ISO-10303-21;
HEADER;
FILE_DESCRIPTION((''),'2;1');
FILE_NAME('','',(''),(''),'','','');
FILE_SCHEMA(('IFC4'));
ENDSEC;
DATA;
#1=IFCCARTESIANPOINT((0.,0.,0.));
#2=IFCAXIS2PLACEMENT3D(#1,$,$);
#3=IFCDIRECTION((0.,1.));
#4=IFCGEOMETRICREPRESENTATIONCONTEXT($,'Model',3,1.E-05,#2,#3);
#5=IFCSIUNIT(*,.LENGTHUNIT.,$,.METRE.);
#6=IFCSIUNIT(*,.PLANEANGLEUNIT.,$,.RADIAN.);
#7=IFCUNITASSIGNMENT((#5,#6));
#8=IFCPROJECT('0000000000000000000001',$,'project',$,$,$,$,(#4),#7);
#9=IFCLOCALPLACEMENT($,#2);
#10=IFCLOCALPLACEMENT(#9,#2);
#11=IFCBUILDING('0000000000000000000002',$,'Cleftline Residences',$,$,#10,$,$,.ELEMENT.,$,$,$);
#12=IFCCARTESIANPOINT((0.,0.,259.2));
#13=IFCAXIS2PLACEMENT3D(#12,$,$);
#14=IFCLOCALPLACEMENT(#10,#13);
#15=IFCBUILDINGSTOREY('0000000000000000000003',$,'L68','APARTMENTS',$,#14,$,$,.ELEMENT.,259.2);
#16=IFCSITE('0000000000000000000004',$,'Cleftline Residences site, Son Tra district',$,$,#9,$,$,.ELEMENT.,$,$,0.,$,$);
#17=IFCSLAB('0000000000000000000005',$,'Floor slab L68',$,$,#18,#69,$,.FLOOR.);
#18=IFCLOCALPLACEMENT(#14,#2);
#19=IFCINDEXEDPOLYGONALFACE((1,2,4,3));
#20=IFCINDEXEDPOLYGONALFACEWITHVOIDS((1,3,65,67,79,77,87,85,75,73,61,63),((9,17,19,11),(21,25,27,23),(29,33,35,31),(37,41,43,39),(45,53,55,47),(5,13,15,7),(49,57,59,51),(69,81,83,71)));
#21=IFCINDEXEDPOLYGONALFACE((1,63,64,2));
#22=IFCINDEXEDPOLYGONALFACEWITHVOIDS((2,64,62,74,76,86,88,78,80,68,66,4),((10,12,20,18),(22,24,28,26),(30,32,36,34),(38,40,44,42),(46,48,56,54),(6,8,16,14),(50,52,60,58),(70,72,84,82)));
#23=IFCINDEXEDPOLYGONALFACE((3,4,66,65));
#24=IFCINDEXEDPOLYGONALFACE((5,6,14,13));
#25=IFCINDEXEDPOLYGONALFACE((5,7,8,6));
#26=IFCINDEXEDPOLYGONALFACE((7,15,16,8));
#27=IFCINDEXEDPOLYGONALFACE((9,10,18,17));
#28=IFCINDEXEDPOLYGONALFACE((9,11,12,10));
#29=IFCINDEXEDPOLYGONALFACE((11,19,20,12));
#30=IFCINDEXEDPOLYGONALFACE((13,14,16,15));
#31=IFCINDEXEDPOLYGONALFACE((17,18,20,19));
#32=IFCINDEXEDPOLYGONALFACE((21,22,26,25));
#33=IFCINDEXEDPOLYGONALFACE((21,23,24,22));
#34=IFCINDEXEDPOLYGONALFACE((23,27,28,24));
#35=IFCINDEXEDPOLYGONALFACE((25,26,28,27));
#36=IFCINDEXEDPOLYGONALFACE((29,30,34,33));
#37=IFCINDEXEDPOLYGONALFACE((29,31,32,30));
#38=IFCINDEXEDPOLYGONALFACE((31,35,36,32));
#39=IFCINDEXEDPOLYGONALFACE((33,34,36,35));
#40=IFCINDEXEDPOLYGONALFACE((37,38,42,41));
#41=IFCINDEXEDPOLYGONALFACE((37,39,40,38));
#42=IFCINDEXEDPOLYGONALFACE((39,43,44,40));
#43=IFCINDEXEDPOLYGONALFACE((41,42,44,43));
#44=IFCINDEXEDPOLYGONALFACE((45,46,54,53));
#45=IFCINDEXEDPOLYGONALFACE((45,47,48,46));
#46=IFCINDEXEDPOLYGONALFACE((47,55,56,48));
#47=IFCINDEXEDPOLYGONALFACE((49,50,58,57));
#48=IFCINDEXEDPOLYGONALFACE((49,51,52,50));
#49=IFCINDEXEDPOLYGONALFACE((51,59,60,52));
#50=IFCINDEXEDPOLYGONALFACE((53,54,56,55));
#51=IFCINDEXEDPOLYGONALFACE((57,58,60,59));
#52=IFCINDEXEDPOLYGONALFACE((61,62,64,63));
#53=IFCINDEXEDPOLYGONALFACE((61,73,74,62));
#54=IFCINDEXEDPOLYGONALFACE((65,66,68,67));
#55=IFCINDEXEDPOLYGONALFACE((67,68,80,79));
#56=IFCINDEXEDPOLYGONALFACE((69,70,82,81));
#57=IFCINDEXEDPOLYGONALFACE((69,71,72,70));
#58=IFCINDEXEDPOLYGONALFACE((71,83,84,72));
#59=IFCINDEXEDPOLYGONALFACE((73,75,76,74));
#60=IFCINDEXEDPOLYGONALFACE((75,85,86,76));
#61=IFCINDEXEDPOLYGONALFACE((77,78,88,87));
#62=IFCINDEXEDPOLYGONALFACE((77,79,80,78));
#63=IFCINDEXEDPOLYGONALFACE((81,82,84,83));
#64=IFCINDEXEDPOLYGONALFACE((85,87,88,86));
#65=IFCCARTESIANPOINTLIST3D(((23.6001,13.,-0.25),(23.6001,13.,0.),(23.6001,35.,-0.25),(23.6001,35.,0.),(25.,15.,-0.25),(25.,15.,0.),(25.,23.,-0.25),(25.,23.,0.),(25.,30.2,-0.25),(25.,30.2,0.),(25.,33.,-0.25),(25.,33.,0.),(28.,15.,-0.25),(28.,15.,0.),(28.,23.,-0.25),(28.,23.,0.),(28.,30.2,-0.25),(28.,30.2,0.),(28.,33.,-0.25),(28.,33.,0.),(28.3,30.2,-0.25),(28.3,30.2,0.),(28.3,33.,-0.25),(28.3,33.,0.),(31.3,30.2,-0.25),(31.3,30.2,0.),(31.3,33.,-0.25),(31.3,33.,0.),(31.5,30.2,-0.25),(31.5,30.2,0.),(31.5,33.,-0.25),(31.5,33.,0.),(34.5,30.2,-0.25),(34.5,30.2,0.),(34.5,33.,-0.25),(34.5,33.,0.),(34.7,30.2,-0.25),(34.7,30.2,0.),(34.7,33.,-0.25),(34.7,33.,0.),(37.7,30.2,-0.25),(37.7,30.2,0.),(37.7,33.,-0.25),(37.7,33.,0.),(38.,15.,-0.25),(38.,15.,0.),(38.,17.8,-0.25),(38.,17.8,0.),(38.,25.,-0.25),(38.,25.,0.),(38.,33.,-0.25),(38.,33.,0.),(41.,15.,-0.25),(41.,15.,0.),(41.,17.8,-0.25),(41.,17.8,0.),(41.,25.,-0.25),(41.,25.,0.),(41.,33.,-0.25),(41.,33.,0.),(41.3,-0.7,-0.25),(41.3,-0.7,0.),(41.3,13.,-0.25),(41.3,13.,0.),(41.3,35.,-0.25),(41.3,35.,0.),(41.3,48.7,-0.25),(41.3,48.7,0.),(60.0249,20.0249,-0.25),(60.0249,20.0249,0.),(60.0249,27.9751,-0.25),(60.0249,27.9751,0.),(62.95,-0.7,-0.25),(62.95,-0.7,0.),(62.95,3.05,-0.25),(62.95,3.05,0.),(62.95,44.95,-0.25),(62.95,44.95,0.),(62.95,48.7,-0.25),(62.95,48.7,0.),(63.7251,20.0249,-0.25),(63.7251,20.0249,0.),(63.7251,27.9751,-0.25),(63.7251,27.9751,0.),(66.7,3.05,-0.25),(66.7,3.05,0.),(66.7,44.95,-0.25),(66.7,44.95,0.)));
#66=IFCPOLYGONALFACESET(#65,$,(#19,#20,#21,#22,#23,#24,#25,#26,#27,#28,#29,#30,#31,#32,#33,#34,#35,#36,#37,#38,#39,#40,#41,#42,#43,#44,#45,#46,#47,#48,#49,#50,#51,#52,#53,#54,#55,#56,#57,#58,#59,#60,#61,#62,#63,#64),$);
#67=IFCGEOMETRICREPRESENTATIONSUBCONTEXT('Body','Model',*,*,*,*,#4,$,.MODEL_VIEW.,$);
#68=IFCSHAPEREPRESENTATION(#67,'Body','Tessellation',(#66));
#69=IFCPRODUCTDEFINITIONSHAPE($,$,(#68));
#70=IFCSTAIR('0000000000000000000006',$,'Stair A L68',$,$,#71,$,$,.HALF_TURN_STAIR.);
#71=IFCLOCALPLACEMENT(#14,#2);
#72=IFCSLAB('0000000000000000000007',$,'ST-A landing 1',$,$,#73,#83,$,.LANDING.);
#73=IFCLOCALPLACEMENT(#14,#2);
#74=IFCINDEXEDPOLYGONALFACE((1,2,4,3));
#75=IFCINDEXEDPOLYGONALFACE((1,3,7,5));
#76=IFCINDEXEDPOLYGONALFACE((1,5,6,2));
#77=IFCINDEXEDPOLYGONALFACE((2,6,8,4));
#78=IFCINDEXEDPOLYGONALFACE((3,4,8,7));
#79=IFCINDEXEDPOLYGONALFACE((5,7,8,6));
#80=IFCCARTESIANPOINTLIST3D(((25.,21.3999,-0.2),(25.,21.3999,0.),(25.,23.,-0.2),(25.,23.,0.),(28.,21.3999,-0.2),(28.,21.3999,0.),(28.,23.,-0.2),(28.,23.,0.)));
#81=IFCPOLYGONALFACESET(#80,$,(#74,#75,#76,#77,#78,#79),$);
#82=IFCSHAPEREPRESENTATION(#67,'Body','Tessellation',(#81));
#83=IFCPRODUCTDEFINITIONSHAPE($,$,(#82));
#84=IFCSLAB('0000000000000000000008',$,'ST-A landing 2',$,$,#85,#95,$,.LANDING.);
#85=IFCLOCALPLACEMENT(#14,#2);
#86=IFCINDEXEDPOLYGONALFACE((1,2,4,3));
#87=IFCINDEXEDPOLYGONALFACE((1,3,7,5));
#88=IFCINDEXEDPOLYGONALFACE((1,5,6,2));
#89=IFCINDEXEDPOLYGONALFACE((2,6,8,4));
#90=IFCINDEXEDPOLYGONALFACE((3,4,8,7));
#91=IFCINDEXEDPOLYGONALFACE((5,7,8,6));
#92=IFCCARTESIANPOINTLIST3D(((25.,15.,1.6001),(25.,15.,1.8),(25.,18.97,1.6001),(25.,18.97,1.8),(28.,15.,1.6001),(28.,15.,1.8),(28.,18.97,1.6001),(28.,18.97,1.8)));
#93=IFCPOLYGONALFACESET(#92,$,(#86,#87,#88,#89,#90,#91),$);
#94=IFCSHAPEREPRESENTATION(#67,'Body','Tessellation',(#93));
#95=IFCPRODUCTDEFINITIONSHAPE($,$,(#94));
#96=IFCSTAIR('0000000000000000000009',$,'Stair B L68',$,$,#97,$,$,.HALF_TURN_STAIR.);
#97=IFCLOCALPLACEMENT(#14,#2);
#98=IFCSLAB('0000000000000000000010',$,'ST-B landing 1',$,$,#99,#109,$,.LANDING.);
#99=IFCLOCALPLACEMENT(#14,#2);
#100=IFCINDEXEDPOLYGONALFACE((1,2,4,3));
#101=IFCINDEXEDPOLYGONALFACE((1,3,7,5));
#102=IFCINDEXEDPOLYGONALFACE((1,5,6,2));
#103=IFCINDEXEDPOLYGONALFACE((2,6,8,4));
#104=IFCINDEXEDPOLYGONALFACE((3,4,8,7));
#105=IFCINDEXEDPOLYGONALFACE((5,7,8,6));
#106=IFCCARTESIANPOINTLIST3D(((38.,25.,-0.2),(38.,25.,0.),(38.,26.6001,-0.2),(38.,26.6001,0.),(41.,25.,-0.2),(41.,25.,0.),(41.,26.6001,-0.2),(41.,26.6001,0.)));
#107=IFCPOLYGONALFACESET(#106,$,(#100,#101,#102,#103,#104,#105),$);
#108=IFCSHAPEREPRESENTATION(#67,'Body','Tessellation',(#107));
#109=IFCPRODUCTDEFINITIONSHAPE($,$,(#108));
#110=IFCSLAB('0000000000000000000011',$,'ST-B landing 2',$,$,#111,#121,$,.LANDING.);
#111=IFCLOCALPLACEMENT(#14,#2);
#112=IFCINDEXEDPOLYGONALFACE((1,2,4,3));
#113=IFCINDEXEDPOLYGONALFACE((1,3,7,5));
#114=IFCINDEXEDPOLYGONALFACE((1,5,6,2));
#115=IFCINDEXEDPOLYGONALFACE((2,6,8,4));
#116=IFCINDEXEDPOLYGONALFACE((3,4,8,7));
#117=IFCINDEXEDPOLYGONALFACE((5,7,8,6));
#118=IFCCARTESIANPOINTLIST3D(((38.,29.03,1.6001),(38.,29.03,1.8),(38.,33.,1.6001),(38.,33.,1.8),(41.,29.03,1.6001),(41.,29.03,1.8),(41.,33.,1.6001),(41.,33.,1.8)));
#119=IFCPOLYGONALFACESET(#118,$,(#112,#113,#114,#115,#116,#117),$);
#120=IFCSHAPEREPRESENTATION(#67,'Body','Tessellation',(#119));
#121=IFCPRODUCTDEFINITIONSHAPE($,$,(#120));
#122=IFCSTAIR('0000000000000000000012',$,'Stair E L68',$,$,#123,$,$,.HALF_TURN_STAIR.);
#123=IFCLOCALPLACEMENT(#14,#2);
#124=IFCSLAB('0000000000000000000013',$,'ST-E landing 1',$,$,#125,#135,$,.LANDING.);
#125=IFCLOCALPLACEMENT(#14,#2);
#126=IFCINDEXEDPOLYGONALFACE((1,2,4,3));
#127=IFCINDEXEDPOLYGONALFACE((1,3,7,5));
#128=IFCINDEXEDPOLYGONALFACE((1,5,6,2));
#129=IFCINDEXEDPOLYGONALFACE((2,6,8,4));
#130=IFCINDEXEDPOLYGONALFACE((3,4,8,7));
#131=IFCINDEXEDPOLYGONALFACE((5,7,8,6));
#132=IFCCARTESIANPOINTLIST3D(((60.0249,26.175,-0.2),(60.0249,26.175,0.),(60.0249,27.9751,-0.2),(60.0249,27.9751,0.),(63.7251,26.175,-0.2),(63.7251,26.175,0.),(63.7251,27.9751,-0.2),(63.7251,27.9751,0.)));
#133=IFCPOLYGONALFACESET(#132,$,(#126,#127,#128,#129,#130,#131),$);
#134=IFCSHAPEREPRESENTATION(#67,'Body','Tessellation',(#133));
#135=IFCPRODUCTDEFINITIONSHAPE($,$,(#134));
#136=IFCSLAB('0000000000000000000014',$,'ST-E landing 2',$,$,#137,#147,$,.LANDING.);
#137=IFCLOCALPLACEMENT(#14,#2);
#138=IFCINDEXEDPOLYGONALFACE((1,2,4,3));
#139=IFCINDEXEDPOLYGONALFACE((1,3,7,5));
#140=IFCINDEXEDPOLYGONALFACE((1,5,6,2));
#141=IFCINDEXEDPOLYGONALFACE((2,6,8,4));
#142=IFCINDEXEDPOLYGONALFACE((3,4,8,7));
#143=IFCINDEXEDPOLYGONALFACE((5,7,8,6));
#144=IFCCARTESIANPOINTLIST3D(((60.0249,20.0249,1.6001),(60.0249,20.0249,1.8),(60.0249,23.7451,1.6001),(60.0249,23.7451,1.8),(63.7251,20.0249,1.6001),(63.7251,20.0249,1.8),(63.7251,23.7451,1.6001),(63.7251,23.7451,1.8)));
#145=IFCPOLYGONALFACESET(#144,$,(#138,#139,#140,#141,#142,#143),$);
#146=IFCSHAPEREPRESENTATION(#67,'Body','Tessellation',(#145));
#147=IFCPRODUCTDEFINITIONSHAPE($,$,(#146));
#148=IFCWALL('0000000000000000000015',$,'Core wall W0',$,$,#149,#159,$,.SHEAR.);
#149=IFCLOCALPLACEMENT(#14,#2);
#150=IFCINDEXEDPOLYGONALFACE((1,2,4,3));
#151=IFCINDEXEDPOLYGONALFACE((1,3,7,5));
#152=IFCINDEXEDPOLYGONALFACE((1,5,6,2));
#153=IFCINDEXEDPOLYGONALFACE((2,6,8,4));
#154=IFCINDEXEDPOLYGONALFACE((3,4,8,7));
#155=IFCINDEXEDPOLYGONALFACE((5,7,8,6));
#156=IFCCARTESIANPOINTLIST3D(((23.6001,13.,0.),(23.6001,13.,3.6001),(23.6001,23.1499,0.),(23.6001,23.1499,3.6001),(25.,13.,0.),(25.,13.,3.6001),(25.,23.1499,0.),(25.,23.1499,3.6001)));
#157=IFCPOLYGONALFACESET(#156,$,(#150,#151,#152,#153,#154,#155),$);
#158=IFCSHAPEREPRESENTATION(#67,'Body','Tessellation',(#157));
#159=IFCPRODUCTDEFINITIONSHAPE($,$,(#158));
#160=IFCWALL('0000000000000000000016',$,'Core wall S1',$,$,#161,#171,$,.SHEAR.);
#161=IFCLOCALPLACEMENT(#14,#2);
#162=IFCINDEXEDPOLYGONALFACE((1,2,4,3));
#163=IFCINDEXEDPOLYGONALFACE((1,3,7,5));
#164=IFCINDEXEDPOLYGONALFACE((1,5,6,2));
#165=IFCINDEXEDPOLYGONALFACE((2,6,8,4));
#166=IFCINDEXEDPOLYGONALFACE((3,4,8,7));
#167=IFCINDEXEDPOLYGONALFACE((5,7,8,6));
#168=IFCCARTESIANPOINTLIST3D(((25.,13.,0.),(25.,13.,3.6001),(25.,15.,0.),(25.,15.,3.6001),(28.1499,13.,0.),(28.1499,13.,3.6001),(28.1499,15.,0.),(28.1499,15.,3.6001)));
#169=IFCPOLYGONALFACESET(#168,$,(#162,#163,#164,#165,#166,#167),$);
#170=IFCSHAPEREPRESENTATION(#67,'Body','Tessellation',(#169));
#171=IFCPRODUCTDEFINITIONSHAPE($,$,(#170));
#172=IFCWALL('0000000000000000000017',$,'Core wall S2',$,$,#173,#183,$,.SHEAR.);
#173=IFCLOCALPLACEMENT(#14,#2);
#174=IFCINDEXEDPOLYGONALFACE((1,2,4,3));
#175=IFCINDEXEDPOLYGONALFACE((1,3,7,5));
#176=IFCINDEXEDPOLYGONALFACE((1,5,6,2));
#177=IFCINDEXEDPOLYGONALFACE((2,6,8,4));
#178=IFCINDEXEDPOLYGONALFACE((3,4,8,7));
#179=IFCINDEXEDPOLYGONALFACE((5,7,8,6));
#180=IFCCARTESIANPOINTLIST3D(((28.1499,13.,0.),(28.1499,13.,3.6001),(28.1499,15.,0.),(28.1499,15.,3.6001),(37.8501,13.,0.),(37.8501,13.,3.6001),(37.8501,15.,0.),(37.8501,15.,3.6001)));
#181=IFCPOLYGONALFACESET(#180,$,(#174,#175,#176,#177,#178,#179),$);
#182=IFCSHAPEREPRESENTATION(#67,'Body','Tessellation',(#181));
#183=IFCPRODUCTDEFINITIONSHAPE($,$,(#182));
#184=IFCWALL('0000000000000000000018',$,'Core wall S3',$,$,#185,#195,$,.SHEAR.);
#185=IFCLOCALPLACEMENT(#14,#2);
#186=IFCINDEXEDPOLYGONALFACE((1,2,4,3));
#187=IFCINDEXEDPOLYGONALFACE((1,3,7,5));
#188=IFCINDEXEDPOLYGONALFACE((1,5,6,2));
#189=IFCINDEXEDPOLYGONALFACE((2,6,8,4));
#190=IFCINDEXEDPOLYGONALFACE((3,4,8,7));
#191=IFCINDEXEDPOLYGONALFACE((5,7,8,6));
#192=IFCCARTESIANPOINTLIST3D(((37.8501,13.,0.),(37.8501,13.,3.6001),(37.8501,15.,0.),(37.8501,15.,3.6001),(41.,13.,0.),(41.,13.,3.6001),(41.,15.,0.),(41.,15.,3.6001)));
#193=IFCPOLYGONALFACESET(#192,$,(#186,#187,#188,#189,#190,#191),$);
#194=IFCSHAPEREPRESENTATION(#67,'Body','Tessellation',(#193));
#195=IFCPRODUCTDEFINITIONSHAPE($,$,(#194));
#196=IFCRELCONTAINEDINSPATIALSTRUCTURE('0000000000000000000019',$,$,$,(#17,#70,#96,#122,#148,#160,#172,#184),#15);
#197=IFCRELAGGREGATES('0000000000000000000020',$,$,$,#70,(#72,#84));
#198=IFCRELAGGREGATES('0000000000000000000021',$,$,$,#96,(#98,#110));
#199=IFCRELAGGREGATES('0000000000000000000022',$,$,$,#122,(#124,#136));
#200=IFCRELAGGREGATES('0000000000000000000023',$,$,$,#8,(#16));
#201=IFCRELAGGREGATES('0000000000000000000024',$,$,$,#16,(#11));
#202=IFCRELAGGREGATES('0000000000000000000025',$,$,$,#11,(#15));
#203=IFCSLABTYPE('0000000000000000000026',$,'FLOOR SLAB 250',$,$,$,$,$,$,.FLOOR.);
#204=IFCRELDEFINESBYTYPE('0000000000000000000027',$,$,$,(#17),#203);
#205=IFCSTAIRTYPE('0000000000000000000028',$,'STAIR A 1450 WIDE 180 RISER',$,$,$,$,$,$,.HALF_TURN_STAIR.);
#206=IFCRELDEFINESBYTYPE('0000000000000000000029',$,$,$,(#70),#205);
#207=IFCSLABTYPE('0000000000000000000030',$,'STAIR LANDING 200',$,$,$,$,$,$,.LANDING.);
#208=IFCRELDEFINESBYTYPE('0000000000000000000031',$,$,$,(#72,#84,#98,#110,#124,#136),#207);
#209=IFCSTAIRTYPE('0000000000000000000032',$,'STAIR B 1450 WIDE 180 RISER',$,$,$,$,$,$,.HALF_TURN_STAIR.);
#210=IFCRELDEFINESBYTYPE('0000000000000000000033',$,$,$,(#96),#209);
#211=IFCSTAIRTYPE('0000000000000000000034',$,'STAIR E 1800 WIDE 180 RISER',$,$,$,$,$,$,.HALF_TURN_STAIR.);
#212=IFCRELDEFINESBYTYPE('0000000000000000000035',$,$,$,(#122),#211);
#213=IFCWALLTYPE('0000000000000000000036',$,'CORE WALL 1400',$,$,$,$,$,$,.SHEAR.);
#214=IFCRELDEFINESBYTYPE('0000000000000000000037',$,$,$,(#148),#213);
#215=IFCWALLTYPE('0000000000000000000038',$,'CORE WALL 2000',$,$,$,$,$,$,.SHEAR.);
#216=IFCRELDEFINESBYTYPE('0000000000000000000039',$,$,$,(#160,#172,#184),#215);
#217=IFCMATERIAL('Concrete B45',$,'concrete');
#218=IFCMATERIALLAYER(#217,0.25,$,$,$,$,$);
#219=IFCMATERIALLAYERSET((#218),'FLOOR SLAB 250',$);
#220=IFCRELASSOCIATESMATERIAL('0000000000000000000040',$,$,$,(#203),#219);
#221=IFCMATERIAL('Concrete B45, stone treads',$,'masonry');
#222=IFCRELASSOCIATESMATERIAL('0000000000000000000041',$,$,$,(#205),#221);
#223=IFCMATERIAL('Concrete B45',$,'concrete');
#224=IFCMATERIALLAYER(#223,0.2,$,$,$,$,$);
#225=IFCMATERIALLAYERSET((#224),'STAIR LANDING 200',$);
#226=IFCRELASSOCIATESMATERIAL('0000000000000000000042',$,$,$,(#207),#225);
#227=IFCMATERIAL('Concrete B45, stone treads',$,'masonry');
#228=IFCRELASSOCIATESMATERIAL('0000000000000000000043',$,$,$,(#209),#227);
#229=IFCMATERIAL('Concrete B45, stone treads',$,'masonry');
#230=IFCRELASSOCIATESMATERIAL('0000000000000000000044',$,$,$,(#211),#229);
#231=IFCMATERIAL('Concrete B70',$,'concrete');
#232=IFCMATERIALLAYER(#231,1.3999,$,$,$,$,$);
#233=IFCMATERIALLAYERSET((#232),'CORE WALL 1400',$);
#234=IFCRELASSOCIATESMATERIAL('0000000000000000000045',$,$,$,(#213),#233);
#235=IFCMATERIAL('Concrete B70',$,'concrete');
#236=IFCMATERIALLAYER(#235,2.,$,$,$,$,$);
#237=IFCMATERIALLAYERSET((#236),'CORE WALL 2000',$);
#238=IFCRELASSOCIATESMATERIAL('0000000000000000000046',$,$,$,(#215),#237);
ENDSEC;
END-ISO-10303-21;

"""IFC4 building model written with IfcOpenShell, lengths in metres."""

from ifc_helpers import new_model, si_unit, direction, frame, frame_2d, origin, place, context, subcontext, project, spatial, polyline, rectangle, outline, extrude, material, layer, layer_set, type_object, element, aggregate, save


model = new_model("IFC4")

# Units and contexts
model_context = context("Model", 3, precision=1e-05, world=origin(), true_north=direction((0.0, 1.0)))
body_context = subcontext(model_context, "Body", "Model", "MODEL_VIEW")
ifc_project = project(units=[si_unit("LENGTHUNIT", "METRE"), si_unit("PLANEANGLEUNIT", "RADIAN")], contexts=[model_context])

# Site, building, storey
site_placement = place(None, origin())
site = spatial("IfcSite", under=ifc_project, at=site_placement, Name="Cleftline Residences site, Son Tra district", CompositionType="ELEMENT", RefElevation=0.0)
building_placement = place(site_placement, origin())
building = spatial("IfcBuilding", under=site, at=building_placement, Name="Cleftline Residences", CompositionType="ELEMENT")
storey_placement = place(building_placement, frame((0.0, 0.0, 259.2)))
storey = spatial("IfcBuildingStorey", under=building, at=storey_placement, Name="L68", Description="APARTMENTS", CompositionType="ELEMENT", Elevation=259.2)

# Slab
ifc_material_1 = material(Name="Concrete B45", Category="concrete")
ifc_layer_1 = layer(ifc_material_1, 0.25)
ifc_layer_set_1 = layer_set([ifc_layer_1], Name="FLOOR SLAB 250")
slab_type_1 = type_object("IfcSlabType", Name="FLOOR SLAB 250", PredefinedType="FLOOR", material=ifc_layer_set_1)
slab_1_placement = place(storey_placement, frame((0.0, 0.0, -0.25)))
element("IfcSlab", 1, at=slab_1_placement, inside=storey, type_object=slab_type_1, Name="Floor slab L68", PredefinedType="FLOOR", context=body_context, shape_type="SweptSolid", body=[
    extrude(outline(polyline([(41.3, 13.0), (41.3, -0.7), (62.95, -0.7), (62.95, 3.05), (66.7, 3.05), (66.7, 44.95), (62.95, 44.95), (62.95, 48.7), (41.3, 48.7), (41.3, 35.0), (23.6001, 35.0), (23.6001, 13.0), (41.3, 13.0)]), holes=[polyline([(28.0, 15.0), (28.0, 23.0), (25.0, 23.0), (25.0, 15.0), (28.0, 15.0)]), polyline([(41.0, 25.0), (41.0, 33.0), (38.0, 33.0), (38.0, 25.0), (41.0, 25.0)]), polyline([(28.0, 30.2), (28.0, 33.0), (25.0, 33.0), (25.0, 30.2), (28.0, 30.2)]), polyline([(41.0, 15.0), (41.0, 17.8), (38.0, 17.8), (38.0, 15.0), (41.0, 15.0)]), polyline([(31.3, 30.2), (31.3, 33.0), (28.3, 33.0), (28.3, 30.2), (31.3, 30.2)]), polyline([(34.5, 30.2), (34.5, 33.0), (31.5, 33.0), (31.5, 30.2), (34.5, 30.2)]), polyline([(37.7, 30.2), (37.7, 33.0), (34.7, 33.0), (34.7, 30.2), (37.7, 30.2)]), polyline([(63.7251, 20.0249), (63.7251, 27.9751), (60.0249, 27.9751), (60.0249, 20.0249), (63.7251, 20.0249)])]), origin(), (0.0, 0.0, 1.0), 0.25),
])

# Stairs, slabs
ifc_material_2 = material(Name="Concrete B45, stone treads", Category="masonry")
stair_type_1 = type_object("IfcStairType", Name="STAIR A 1450 WIDE 180 RISER", PredefinedType="HALF_TURN_STAIR", material=ifc_material_2)
stair_1_placement = place(storey_placement, origin())
stair_1 = element("IfcStair", 2, at=stair_1_placement, inside=storey, type_object=stair_type_1, Name="Stair A L68", PredefinedType="HALF_TURN_STAIR")
ifc_material_3 = material(Name="Concrete B45", Category="concrete")
ifc_layer_2 = layer(ifc_material_3, 0.2)
ifc_layer_set_2 = layer_set([ifc_layer_2], Name="STAIR LANDING 200")
slab_type_2 = type_object("IfcSlabType", Name="STAIR LANDING 200", PredefinedType="LANDING", material=ifc_layer_set_2)
slab_2_placement = place(storey_placement, frame((0.0, 0.0, -0.2)))
slab_2 = element("IfcSlab", 3, at=slab_2_placement, type_object=slab_type_2, Name="ST-A landing 1", PredefinedType="LANDING", context=body_context, shape_type="SweptSolid", body=[
    extrude(outline(polyline([(25.0, 21.3999), (28.0, 21.3999), (28.0, 23.0), (25.0, 23.0), (25.0, 21.3999)])), origin(), (0.0, 0.0, 1.0), 0.2),
])
slab_3_placement = place(storey_placement, frame((0.0, 0.0, 1.6001)))
slab_3 = element("IfcSlab", 4, at=slab_3_placement, type_object=slab_type_2, Name="ST-A landing 2", PredefinedType="LANDING", context=body_context, shape_type="SweptSolid", body=[
    extrude(outline(polyline([(25.0, 15.0), (28.0, 15.0), (28.0, 18.97), (25.0, 18.97), (25.0, 15.0)])), origin(), (0.0, 0.0, 1.0), 0.2),
])
aggregate(stair_1, [slab_2, slab_3])
ifc_material_4 = material(Name="Concrete B45, stone treads", Category="masonry")
stair_type_2 = type_object("IfcStairType", Name="STAIR B 1450 WIDE 180 RISER", PredefinedType="HALF_TURN_STAIR", material=ifc_material_4)
stair_2_placement = place(storey_placement, origin())
stair_2 = element("IfcStair", 5, at=stair_2_placement, inside=storey, type_object=stair_type_2, Name="Stair B L68", PredefinedType="HALF_TURN_STAIR")
slab_4_placement = place(storey_placement, frame((0.0, 0.0, -0.2)))
slab_4 = element("IfcSlab", 6, at=slab_4_placement, type_object=slab_type_2, Name="ST-B landing 1", PredefinedType="LANDING", context=body_context, shape_type="SweptSolid", body=[
    extrude(outline(polyline([(38.0, 25.0), (41.0, 25.0), (41.0, 26.6001), (38.0, 26.6001), (38.0, 25.0)])), origin(), (0.0, 0.0, 1.0), 0.2),
])
slab_5_placement = place(storey_placement, frame((0.0, 0.0, 1.6001)))
slab_5 = element("IfcSlab", 7, at=slab_5_placement, type_object=slab_type_2, Name="ST-B landing 2", PredefinedType="LANDING", context=body_context, shape_type="SweptSolid", body=[
    extrude(outline(polyline([(38.0, 29.03), (41.0, 29.03), (41.0, 33.0), (38.0, 33.0), (38.0, 29.03)])), origin(), (0.0, 0.0, 1.0), 0.2),
])
aggregate(stair_2, [slab_4, slab_5])
ifc_material_5 = material(Name="Concrete B45, stone treads", Category="masonry")
stair_type_3 = type_object("IfcStairType", Name="STAIR E 1800 WIDE 180 RISER", PredefinedType="HALF_TURN_STAIR", material=ifc_material_5)
stair_3_placement = place(storey_placement, origin())
stair_3 = element("IfcStair", 8, at=stair_3_placement, inside=storey, type_object=stair_type_3, Name="Stair E L68", PredefinedType="HALF_TURN_STAIR")
slab_6_placement = place(storey_placement, frame((0.0, 0.0, -0.2)))
slab_6 = element("IfcSlab", 9, at=slab_6_placement, type_object=slab_type_2, Name="ST-E landing 1", PredefinedType="LANDING", context=body_context, shape_type="SweptSolid", body=[
    extrude(outline(polyline([(60.0249, 26.175), (63.7251, 26.175), (63.7251, 27.9751), (60.0249, 27.9751), (60.0249, 26.175)])), origin(), (0.0, 0.0, 1.0), 0.2),
])
slab_7_placement = place(storey_placement, frame((0.0, 0.0, 1.6001)))
slab_7 = element("IfcSlab", 10, at=slab_7_placement, type_object=slab_type_2, Name="ST-E landing 2", PredefinedType="LANDING", context=body_context, shape_type="SweptSolid", body=[
    extrude(outline(polyline([(60.0249, 20.0249), (63.7251, 20.0249), (63.7251, 23.7451), (60.0249, 23.7451), (60.0249, 20.0249)])), origin(), (0.0, 0.0, 1.0), 0.2),
])
aggregate(stair_3, [slab_6, slab_7])

# Walls
ifc_material_6 = material(Name="Concrete B70", Category="concrete")
ifc_layer_3 = layer(ifc_material_6, 1.3999)
ifc_layer_set_3 = layer_set([ifc_layer_3], Name="CORE WALL 1400")
wall_type_1 = type_object("IfcWallType", Name="CORE WALL 1400", PredefinedType="SHEAR", material=ifc_layer_set_3)
wall_1_placement = place(storey_placement, frame((24.3, 13.0, 0.0), z_axis=(0.0, 0.0, 1.0), x_axis=(0.0, 1.0, 0.0)))
element("IfcWall", 11, at=wall_1_placement, inside=storey, type_object=wall_type_1, Name="Core wall W0", PredefinedType="SHEAR", context=body_context, shape_type="SweptSolid", body=[
    extrude(rectangle(XDim=10.1499, YDim=1.3999, at=frame_2d((5.075, 0.0))), origin(), (0.0, 0.0, 1.0), 3.6001),
])
ifc_material_7 = material(Name="Concrete B70", Category="concrete")
ifc_layer_4 = layer(ifc_material_7, 2.0)
ifc_layer_set_4 = layer_set([ifc_layer_4], Name="CORE WALL 2000")
wall_type_2 = type_object("IfcWallType", Name="CORE WALL 2000", PredefinedType="SHEAR", material=ifc_layer_set_4)
wall_2_placement = place(storey_placement, frame((25.0, 14.0, 0.0), z_axis=(0.0, 0.0, 1.0), x_axis=(1.0, 0.0, 0.0)))
element("IfcWall", 12, at=wall_2_placement, inside=storey, type_object=wall_type_2, Name="Core wall S1", PredefinedType="SHEAR", context=body_context, shape_type="SweptSolid", body=[
    extrude(rectangle(XDim=3.1499, YDim=2.0, at=frame_2d((1.575, 0.0))), origin(), (0.0, 0.0, 1.0), 3.6001),
])
wall_3_placement = place(storey_placement, frame((28.1499, 14.0, 0.0), z_axis=(0.0, 0.0, 1.0), x_axis=(1.0, 0.0, 0.0)))
element("IfcWall", 13, at=wall_3_placement, inside=storey, type_object=wall_type_2, Name="Core wall S2", PredefinedType="SHEAR", context=body_context, shape_type="SweptSolid", body=[
    extrude(rectangle(XDim=9.7002, YDim=2.0, at=frame_2d((4.8501, 0.0))), origin(), (0.0, 0.0, 1.0), 3.6001),
])
wall_4_placement = place(storey_placement, frame((37.8501, 14.0, 0.0), z_axis=(0.0, 0.0, 1.0), x_axis=(1.0, 0.0, 0.0)))
element("IfcWall", 14, at=wall_4_placement, inside=storey, type_object=wall_type_2, Name="Core wall S3", PredefinedType="SHEAR", context=body_context, shape_type="SweptSolid", body=[
    extrude(rectangle(XDim=3.1499, YDim=2.0, at=frame_2d((1.575, 0.0))), origin(), (0.0, 0.0, 1.0), 3.6001),
])

save(model, "model.ifc")
